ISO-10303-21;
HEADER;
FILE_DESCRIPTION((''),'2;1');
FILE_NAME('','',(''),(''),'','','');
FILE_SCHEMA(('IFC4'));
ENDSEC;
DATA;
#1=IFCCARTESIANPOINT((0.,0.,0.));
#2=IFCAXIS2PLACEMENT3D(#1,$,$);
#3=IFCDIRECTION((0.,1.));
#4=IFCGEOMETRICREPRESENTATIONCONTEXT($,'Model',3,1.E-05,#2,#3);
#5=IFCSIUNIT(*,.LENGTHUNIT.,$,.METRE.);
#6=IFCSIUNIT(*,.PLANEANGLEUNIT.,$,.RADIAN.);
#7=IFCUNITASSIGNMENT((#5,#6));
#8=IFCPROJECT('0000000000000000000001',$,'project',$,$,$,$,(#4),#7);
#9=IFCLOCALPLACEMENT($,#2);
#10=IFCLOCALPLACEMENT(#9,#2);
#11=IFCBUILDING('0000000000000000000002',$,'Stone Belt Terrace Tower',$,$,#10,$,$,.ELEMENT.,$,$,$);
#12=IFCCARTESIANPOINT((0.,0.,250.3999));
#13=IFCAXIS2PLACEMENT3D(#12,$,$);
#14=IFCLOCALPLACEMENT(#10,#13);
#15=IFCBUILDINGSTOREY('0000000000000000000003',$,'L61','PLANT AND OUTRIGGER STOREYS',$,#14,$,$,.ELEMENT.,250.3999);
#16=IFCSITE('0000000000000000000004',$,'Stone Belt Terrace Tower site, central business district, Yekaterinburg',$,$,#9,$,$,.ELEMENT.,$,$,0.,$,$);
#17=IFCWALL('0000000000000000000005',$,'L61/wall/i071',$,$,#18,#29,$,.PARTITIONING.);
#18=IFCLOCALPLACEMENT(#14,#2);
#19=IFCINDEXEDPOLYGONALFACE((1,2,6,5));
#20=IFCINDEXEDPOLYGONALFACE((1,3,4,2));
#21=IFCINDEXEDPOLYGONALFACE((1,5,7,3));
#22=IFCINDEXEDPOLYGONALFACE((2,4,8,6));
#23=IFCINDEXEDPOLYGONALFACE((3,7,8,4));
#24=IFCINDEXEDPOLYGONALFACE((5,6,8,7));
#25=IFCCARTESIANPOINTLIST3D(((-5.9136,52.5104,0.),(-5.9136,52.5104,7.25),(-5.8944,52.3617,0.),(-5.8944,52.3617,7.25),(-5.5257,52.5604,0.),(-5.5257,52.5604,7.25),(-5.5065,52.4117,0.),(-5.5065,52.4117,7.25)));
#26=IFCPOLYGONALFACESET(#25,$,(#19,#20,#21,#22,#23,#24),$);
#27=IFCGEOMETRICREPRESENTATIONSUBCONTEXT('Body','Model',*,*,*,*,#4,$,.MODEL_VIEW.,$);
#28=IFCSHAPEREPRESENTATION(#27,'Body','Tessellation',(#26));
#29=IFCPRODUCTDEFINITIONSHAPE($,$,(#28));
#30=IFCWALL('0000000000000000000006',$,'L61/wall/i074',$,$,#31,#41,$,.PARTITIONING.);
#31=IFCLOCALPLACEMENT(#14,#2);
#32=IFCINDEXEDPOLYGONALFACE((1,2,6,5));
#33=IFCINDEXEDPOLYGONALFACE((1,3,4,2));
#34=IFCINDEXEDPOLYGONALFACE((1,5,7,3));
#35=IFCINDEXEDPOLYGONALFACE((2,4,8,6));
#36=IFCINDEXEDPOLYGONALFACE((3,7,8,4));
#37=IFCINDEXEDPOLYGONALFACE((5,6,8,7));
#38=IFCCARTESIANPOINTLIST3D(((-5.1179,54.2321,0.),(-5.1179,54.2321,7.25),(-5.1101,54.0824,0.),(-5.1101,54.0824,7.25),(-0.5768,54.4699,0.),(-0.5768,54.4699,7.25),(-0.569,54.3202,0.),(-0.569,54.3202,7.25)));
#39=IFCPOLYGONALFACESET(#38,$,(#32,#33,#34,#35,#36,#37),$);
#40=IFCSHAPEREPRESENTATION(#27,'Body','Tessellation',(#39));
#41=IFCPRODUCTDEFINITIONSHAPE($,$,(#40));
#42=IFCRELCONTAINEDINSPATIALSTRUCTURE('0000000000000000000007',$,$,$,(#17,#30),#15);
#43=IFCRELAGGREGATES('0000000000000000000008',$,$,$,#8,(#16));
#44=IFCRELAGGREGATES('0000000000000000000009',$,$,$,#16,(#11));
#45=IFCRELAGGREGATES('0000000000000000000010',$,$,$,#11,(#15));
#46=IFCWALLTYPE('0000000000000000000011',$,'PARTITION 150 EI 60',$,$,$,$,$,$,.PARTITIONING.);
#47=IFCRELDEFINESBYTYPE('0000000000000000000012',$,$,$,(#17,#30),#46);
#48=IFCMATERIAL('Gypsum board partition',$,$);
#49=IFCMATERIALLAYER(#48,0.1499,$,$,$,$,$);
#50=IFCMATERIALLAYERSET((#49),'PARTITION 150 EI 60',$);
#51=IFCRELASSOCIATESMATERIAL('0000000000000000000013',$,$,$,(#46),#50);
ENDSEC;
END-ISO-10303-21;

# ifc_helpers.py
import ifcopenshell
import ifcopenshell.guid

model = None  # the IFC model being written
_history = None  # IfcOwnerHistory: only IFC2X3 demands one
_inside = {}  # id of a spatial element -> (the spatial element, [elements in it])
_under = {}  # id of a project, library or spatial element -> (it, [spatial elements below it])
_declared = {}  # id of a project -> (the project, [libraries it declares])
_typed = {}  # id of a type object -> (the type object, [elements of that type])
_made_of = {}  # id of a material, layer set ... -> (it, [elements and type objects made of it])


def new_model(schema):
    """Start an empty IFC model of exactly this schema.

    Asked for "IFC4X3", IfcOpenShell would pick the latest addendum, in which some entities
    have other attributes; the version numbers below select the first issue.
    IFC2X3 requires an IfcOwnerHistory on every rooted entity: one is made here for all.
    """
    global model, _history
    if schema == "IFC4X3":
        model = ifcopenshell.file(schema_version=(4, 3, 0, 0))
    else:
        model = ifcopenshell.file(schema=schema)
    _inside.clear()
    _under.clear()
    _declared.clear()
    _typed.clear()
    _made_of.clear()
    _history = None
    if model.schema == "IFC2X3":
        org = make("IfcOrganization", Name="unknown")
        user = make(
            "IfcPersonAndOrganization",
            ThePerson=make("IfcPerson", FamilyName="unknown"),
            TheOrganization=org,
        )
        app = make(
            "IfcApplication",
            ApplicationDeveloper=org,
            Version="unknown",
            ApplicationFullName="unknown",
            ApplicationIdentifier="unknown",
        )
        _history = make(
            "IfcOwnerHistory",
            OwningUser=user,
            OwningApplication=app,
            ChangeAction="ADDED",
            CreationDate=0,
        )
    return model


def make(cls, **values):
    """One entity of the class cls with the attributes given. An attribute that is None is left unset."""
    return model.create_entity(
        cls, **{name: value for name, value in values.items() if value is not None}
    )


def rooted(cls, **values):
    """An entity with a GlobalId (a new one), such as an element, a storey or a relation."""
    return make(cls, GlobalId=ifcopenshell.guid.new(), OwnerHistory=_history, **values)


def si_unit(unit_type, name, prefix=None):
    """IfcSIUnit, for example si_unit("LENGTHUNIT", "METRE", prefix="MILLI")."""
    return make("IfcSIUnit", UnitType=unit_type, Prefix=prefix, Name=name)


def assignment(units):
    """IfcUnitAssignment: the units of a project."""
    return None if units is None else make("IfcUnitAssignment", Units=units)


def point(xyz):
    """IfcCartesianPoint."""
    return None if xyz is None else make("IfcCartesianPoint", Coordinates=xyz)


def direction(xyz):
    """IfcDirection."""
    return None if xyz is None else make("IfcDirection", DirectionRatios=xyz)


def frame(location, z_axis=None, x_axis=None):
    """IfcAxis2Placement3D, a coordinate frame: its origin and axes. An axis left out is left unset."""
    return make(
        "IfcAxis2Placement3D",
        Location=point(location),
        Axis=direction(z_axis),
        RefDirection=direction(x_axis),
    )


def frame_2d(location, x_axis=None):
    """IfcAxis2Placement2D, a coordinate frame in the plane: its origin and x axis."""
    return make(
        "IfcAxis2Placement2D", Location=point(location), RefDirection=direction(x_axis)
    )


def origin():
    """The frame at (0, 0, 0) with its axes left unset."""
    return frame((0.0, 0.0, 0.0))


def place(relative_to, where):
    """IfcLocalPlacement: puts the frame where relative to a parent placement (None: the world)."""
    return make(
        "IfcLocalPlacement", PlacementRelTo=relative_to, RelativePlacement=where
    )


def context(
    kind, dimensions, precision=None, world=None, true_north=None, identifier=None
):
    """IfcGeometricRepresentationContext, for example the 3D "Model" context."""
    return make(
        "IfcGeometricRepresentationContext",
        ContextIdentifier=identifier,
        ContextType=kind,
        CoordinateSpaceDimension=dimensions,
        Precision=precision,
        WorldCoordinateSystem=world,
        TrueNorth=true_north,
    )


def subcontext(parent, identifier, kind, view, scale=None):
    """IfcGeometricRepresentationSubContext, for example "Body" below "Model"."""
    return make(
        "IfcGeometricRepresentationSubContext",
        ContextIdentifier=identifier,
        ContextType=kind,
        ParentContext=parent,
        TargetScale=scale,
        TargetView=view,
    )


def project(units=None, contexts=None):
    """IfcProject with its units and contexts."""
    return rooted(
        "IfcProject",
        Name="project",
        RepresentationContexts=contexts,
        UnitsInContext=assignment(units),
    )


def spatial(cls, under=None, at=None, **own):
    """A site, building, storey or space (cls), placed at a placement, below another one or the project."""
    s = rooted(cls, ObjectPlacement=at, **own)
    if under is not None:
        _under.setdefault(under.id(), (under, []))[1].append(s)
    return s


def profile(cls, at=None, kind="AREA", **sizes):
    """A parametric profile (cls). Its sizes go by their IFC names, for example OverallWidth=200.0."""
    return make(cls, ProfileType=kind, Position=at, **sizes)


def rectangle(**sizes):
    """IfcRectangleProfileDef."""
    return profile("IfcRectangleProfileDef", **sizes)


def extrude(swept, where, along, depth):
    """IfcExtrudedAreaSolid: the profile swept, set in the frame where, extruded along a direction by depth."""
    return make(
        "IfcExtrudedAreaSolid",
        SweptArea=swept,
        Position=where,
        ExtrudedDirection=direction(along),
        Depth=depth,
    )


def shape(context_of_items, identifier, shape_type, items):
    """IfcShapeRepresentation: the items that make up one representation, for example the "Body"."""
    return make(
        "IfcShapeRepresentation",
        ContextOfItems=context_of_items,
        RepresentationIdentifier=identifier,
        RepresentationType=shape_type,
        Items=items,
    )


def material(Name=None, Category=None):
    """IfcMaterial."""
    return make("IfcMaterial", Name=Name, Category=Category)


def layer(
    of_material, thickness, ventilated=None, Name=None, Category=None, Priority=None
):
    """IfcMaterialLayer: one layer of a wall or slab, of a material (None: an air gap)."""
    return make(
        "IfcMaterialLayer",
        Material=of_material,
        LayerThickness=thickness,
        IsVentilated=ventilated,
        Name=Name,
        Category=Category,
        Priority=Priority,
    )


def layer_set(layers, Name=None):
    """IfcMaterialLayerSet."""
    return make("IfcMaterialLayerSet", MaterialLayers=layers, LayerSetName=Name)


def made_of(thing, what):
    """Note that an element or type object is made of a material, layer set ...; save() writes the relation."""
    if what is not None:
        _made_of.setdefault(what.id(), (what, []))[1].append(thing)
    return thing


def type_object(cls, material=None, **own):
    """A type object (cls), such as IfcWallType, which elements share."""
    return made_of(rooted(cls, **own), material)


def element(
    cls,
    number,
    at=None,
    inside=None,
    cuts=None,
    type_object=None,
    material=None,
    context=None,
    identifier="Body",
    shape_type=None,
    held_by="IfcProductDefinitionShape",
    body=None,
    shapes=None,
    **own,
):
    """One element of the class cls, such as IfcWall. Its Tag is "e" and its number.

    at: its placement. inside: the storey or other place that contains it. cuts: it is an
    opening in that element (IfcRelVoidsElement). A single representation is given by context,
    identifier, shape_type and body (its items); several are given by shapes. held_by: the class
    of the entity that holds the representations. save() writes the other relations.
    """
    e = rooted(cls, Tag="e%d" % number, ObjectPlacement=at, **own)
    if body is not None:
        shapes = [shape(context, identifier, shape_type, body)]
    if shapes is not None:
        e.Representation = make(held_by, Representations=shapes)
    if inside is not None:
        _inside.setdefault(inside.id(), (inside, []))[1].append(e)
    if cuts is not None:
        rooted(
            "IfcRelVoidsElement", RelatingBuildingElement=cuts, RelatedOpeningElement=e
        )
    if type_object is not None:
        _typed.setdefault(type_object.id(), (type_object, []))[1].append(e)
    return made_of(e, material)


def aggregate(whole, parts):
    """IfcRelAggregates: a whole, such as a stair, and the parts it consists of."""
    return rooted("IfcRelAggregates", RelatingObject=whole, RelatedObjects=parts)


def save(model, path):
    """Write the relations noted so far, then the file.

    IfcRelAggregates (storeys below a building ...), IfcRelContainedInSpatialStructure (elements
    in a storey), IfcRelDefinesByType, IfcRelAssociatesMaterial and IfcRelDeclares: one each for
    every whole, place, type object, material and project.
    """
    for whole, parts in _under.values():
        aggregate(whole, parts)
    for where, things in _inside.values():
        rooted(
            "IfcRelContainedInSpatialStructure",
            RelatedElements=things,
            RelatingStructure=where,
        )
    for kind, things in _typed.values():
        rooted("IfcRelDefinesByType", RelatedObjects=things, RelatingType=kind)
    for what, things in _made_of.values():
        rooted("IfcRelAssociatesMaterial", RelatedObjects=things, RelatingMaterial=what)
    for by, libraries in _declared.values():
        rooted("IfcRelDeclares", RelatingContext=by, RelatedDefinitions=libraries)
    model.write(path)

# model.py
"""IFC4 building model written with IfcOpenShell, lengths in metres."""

from ifc_helpers import new_model, si_unit, direction, frame, frame_2d, origin, place, context, subcontext, project, spatial, rectangle, extrude, material, layer, layer_set, type_object, element, save


model = new_model("IFC4")

# Units and contexts
model_context = context("Model", 3, precision=1e-05, world=origin(), true_north=direction((0.0, 1.0)))
body_context = subcontext(model_context, "Body", "Model", "MODEL_VIEW")
ifc_project = project(units=[si_unit("LENGTHUNIT", "METRE"), si_unit("PLANEANGLEUNIT", "RADIAN")], contexts=[model_context])

# Site, building, storey
site_placement = place(None, origin())
site = spatial("IfcSite", under=ifc_project, at=site_placement, Name="Stone Belt Terrace Tower site, central business district, Yekaterinburg", CompositionType="ELEMENT", RefElevation=0.0)
building_placement = place(site_placement, origin())
building = spatial("IfcBuilding", under=site, at=building_placement, Name="Stone Belt Terrace Tower", CompositionType="ELEMENT")
storey_placement = place(building_placement, frame((0.0, 0.0, 250.3999)))
storey = spatial("IfcBuildingStorey", under=building, at=storey_placement, Name="L61", Description="PLANT AND OUTRIGGER STOREYS", CompositionType="ELEMENT", Elevation=250.3999)

# Shared definitions
ifc_material_1 = material(Name="Gypsum board partition")
ifc_layer_1 = layer(ifc_material_1, 0.1499)
ifc_layer_set_1 = layer_set([ifc_layer_1], Name="PARTITION 150 EI 60")
wall_type_1 = type_object("IfcWallType", Name="PARTITION 150 EI 60", PredefinedType="PARTITIONING", material=ifc_layer_set_1)

# Walls
wall_1_placement = place(storey_placement, frame((-5.5161, 52.4861, 0.0), z_axis=(0.0, 0.0, 1.0), x_axis=(-0.99178, -0.127952, 0.0)))
element("IfcWall", 1, at=wall_1_placement, inside=storey, type_object=wall_type_1, Name="L61/wall/i071", PredefinedType="PARTITIONING", context=body_context, shape_type="SweptSolid", body=[
    extrude(rectangle(XDim=0.3911, YDim=0.1499, at=frame_2d((0.1956, 0.0))), origin(), (0.0, 0.0, 1.0), 7.25),
])
wall_2_placement = place(storey_placement, frame((-5.114, 54.1572, 0.0), z_axis=(0.0, 0.0, 1.0), x_axis=(0.998632, 0.052291, 0.0)))
element("IfcWall", 2, at=wall_2_placement, inside=storey, type_object=wall_type_1, Name="L61/wall/i074", PredefinedType="PARTITIONING", context=body_context, shape_type="SweptSolid", body=[
    extrude(rectangle(XDim=4.5474, YDim=0.1499, at=frame_2d((2.2737, 0.0))), origin(), (0.0, 0.0, 1.0), 7.25),
])

save(model, "model.ifc")
